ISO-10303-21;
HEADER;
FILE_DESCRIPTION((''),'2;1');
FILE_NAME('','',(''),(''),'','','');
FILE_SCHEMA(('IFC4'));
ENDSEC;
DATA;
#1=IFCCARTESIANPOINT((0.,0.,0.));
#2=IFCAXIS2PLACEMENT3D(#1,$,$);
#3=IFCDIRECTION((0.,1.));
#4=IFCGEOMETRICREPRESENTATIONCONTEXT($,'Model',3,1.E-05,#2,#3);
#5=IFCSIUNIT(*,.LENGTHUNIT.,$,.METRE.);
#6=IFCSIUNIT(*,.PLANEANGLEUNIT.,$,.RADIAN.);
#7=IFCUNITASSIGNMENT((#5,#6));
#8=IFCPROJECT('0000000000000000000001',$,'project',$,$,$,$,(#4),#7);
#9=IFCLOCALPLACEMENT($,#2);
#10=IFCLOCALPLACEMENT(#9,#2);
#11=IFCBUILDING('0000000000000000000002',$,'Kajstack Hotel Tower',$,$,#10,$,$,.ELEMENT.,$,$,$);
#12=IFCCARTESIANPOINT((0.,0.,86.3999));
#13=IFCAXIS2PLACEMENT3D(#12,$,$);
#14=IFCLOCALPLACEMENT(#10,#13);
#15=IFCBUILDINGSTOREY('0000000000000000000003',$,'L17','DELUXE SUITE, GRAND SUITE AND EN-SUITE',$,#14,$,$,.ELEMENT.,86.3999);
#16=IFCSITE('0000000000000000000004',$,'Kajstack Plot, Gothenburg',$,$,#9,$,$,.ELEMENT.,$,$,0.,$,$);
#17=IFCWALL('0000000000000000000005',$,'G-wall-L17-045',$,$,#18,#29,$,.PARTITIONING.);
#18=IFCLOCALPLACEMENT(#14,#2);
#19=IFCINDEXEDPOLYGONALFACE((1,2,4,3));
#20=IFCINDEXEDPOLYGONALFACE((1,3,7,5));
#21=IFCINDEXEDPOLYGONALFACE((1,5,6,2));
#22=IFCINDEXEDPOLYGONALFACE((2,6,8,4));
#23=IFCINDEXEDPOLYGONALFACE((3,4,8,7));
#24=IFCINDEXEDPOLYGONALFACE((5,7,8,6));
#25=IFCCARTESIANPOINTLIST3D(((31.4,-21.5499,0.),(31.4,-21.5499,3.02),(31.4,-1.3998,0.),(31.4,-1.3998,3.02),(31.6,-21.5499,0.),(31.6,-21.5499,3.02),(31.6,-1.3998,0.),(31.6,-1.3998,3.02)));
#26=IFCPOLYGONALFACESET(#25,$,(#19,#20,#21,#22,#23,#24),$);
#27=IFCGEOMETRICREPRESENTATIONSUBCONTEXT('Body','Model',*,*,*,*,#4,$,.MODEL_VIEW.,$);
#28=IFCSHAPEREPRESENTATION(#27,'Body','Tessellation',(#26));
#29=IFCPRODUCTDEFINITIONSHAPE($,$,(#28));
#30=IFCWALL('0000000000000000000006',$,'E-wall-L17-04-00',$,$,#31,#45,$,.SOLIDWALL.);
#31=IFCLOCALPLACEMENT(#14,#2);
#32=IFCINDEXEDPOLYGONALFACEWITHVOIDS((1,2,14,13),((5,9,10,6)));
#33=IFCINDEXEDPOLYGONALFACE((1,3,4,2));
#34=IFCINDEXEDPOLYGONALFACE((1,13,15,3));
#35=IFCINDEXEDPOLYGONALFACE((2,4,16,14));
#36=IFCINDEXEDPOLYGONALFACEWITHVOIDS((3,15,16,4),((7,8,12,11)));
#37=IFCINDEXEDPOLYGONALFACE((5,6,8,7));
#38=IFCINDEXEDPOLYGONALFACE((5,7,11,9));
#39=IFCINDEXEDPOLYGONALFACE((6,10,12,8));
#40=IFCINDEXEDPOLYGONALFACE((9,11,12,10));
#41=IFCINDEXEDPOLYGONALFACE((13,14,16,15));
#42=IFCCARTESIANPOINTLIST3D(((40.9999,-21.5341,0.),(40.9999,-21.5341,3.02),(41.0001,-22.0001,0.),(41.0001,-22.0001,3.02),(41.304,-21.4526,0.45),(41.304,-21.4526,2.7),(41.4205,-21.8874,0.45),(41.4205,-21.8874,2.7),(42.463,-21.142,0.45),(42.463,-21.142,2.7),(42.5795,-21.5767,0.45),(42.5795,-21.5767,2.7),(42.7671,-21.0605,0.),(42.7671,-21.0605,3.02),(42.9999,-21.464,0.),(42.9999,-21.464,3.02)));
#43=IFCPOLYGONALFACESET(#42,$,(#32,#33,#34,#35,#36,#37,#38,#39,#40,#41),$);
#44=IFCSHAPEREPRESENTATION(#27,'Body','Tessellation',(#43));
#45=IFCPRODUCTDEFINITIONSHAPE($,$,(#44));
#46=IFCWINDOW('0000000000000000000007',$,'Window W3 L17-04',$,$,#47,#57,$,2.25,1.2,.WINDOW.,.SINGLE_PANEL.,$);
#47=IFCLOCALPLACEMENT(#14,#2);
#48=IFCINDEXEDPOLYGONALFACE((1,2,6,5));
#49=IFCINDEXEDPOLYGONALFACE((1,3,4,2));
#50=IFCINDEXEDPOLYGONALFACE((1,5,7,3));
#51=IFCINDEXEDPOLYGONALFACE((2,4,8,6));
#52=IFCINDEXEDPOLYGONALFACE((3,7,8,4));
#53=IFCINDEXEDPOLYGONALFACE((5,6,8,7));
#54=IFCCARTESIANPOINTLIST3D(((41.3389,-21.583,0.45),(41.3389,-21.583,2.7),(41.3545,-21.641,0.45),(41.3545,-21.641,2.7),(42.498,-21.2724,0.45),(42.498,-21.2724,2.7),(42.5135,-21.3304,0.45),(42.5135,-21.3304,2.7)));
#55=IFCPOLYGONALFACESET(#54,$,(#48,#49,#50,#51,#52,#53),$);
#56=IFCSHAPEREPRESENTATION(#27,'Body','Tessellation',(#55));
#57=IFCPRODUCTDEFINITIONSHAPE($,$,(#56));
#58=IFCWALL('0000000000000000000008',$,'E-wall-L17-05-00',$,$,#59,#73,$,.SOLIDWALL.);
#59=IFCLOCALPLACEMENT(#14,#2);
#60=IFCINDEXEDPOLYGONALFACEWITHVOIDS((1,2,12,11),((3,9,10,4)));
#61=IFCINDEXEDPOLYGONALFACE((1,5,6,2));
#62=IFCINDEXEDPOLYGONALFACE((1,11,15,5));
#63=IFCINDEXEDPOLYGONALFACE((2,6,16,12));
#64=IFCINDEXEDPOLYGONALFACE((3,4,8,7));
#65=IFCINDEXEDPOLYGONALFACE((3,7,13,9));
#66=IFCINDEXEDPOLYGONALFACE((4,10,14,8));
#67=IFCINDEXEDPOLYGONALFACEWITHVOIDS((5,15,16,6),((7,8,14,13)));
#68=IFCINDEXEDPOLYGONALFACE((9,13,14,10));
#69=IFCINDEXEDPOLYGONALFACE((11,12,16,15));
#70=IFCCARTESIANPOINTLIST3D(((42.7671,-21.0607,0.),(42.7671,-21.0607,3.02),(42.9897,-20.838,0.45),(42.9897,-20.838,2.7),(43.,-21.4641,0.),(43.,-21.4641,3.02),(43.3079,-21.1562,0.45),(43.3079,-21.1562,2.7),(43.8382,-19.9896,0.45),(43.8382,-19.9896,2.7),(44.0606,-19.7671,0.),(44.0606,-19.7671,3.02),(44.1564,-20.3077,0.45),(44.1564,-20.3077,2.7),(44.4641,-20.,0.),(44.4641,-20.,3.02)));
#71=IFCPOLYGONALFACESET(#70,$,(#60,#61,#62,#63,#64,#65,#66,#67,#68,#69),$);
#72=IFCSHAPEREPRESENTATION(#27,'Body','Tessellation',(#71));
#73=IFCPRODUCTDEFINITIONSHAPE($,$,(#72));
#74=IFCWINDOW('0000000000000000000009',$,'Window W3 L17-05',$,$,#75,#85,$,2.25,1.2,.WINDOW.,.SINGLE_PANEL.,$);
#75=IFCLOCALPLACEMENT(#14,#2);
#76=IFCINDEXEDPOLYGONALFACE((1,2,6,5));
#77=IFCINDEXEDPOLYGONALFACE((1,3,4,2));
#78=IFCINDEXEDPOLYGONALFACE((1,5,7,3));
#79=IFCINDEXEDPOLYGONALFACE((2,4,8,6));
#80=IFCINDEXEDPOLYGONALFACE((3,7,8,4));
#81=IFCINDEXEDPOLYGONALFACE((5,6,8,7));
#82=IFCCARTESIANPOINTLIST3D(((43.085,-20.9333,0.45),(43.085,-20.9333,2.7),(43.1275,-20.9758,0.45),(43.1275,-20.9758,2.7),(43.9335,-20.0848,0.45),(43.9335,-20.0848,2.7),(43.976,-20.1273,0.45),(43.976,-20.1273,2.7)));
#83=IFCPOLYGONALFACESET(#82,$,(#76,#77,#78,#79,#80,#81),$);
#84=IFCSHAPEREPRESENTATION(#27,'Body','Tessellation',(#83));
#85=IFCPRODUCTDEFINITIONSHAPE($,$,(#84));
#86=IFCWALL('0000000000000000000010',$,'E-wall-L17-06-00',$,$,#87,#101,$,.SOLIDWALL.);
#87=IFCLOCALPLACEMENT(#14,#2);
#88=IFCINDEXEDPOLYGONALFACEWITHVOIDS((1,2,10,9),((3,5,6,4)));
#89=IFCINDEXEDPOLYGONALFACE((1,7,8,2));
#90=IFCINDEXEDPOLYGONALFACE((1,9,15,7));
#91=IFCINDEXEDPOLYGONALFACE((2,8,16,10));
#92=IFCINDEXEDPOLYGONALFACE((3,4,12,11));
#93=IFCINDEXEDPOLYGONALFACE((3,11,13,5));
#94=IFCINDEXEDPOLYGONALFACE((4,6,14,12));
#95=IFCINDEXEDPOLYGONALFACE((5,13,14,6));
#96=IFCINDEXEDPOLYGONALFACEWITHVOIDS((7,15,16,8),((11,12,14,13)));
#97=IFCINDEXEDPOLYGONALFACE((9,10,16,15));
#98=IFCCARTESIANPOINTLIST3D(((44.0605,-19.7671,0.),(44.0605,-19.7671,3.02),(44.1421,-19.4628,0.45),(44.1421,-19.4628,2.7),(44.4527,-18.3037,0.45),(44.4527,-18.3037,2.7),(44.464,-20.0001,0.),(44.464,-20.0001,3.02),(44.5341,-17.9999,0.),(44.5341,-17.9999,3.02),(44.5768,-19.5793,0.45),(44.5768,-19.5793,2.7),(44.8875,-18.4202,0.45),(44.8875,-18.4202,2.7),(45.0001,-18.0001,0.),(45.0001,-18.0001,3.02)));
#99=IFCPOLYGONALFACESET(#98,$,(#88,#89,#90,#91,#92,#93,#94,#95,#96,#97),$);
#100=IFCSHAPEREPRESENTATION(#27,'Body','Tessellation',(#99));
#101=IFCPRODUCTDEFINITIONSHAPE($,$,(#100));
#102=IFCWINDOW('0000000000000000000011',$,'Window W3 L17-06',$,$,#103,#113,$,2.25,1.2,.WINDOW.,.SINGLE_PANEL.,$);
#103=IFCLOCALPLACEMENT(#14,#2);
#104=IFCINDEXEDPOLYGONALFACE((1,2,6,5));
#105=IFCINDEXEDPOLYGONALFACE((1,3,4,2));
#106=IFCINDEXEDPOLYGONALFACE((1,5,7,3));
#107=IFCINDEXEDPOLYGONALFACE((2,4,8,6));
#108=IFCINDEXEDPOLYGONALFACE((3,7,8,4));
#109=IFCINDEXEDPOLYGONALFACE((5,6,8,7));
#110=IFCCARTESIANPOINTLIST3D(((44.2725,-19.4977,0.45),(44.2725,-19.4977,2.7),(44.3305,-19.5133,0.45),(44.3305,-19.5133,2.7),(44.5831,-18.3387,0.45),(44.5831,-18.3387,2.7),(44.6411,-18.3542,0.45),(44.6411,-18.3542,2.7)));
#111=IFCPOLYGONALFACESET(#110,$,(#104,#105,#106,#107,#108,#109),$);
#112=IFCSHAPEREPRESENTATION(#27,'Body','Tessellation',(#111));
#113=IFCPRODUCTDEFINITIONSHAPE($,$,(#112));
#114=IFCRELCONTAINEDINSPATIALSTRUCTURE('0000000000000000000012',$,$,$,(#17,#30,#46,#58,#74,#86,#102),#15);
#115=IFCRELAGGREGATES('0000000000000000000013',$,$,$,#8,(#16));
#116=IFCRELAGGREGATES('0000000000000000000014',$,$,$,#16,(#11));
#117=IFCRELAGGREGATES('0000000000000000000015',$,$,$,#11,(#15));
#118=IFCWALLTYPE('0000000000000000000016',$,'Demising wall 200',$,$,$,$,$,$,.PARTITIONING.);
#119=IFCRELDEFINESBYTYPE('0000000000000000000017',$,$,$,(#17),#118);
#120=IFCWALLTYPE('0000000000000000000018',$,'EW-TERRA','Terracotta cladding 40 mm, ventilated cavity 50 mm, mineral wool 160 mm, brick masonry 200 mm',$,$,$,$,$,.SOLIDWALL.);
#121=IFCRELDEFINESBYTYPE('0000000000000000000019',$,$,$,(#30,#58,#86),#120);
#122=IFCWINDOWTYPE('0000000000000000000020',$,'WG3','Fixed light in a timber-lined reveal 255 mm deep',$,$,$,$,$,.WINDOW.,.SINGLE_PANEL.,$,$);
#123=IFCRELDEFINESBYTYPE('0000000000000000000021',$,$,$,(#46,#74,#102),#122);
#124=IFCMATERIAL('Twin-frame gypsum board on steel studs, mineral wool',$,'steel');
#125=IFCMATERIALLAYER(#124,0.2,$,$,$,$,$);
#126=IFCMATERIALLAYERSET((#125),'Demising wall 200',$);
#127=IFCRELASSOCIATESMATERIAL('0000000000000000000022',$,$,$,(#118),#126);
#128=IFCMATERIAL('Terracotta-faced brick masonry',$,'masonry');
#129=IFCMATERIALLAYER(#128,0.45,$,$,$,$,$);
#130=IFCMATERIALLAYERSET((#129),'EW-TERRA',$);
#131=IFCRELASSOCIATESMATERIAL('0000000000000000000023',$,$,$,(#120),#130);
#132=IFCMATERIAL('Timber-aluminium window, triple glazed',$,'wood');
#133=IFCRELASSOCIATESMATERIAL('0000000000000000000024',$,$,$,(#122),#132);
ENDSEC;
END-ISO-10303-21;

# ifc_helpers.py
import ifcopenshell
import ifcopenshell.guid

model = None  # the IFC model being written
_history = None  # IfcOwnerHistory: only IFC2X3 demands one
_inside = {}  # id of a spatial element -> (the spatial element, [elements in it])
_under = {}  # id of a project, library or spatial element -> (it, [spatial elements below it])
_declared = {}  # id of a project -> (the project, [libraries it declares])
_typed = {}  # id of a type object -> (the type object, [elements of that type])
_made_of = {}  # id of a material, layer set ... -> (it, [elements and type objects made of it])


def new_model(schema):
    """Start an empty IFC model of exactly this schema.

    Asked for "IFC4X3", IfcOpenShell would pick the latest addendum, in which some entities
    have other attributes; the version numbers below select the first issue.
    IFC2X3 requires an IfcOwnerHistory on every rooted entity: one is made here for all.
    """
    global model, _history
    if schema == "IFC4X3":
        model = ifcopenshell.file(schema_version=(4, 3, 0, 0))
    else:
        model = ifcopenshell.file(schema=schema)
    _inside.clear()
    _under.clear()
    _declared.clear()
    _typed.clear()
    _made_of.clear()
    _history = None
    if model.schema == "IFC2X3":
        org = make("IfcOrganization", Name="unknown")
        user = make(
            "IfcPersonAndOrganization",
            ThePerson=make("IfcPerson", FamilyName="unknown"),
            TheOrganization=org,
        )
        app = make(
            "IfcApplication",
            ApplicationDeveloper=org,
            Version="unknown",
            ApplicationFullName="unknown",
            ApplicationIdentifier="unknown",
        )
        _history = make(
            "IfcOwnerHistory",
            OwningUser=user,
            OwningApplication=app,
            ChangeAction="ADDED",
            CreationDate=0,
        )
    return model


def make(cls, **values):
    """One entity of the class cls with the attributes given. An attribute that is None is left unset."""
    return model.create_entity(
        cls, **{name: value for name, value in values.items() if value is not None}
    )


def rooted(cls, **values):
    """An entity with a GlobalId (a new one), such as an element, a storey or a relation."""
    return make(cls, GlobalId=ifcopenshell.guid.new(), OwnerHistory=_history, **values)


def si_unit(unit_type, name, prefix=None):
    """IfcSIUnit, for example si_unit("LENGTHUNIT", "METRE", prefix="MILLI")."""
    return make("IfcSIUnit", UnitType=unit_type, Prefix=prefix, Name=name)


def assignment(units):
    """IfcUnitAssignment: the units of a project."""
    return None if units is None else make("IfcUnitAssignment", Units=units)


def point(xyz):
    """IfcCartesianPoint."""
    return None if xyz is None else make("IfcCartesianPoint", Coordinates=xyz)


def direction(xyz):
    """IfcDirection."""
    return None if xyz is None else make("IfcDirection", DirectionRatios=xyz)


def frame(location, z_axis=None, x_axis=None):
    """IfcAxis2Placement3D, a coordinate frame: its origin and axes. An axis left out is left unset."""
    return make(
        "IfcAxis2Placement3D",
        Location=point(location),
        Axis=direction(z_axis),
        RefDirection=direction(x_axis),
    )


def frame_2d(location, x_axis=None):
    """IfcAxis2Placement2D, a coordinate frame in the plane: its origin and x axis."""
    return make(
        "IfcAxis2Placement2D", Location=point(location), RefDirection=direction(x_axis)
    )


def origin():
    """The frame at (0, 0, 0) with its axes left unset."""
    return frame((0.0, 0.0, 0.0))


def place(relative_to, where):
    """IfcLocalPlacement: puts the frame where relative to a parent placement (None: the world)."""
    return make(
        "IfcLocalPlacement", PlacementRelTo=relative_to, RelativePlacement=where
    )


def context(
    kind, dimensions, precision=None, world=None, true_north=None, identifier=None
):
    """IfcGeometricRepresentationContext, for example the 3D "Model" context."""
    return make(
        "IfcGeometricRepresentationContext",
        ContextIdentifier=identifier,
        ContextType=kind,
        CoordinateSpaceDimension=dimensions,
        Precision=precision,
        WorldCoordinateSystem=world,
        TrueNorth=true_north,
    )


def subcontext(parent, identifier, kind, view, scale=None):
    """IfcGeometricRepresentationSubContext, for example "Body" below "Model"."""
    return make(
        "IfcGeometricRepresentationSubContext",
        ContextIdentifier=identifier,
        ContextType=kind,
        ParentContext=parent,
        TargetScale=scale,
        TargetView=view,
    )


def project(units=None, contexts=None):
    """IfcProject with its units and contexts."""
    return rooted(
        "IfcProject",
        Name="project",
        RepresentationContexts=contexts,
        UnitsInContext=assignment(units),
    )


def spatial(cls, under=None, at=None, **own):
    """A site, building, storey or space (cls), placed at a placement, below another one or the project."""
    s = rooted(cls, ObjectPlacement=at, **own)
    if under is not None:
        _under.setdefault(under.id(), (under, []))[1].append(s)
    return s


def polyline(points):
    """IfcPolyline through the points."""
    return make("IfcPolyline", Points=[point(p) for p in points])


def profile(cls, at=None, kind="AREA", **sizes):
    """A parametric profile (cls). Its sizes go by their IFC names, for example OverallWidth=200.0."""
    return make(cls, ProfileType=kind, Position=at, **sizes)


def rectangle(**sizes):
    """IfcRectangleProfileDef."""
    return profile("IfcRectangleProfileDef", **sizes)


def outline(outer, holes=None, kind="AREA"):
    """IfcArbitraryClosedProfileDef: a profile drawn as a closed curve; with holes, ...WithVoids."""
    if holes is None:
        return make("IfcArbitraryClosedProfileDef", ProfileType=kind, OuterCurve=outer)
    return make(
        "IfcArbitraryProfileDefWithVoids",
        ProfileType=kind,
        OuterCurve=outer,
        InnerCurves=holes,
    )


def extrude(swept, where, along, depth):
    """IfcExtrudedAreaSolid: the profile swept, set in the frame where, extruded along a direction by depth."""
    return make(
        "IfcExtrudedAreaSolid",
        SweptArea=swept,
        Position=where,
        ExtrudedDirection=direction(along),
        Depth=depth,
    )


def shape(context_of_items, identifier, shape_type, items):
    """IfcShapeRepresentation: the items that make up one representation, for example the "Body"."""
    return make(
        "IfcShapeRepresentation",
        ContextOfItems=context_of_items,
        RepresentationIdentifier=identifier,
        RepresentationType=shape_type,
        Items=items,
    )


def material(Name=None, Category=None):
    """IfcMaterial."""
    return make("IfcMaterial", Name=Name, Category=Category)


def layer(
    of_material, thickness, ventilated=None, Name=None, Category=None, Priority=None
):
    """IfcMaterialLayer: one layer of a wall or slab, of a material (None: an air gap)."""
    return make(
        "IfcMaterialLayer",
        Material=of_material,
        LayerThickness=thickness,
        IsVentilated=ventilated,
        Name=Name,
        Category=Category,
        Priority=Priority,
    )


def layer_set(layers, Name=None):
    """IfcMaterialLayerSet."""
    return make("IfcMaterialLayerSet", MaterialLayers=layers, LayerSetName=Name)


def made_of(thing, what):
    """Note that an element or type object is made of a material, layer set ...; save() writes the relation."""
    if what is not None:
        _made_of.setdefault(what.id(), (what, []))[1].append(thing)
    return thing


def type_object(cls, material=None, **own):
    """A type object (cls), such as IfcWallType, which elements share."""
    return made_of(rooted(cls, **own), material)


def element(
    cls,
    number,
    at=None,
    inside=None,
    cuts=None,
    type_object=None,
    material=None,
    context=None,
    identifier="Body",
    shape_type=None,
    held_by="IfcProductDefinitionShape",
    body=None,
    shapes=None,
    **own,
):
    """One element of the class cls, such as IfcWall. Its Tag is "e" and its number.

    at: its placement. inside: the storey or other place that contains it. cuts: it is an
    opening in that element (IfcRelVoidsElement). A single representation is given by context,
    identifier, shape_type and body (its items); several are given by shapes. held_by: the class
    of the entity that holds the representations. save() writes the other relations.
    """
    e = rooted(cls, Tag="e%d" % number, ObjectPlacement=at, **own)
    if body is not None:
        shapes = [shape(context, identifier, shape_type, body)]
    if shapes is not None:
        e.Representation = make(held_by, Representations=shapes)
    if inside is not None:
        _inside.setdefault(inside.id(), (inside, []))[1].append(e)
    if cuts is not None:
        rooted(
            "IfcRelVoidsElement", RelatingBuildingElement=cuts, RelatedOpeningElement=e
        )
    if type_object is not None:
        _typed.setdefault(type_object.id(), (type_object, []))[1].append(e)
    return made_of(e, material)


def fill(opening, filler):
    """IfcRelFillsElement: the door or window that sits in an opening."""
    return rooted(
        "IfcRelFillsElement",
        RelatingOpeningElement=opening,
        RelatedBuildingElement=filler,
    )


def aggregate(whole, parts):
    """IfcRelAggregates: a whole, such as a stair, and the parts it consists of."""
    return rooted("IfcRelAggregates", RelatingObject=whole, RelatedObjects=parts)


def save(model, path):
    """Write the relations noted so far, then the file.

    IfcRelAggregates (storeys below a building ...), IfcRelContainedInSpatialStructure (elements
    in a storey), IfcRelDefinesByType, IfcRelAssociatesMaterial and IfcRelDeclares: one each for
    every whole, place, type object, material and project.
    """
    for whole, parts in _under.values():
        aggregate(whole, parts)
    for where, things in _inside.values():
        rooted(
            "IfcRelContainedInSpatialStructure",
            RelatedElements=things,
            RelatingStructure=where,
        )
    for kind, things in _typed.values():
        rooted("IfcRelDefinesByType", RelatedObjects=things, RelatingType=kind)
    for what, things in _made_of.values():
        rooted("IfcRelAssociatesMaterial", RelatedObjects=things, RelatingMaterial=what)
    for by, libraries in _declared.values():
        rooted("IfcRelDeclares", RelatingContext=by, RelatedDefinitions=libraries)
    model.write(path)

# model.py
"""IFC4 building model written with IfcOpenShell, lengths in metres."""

from ifc_helpers import new_model, si_unit, direction, frame, frame_2d, origin, place, context, subcontext, project, spatial, polyline, rectangle, outline, extrude, material, layer, layer_set, type_object, element, fill, save


model = new_model("IFC4")

# Units and contexts
model_context = context("Model", 3, precision=1e-05, world=origin(), true_north=direction((0.0, 1.0)))
body_context = subcontext(model_context, "Body", "Model", "MODEL_VIEW")
ifc_project = project(units=[si_unit("LENGTHUNIT", "METRE"), si_unit("PLANEANGLEUNIT", "RADIAN")], contexts=[model_context])

# Site, building, storey
site_placement = place(None, origin())
site = spatial("IfcSite", under=ifc_project, at=site_placement, Name="Kajstack Plot, Gothenburg", CompositionType="ELEMENT", RefElevation=0.0)
building_placement = place(site_placement, origin())
building = spatial("IfcBuilding", under=site, at=building_placement, Name="Kajstack Hotel Tower", CompositionType="ELEMENT")
storey_placement = place(building_placement, frame((0.0, 0.0, 86.3999)))
storey = spatial("IfcBuildingStorey", under=building, at=storey_placement, Name="L17", Description="DELUXE SUITE, GRAND SUITE AND EN-SUITE", CompositionType="ELEMENT", Elevation=86.3999)

# Wall
ifc_material_1 = material(Name="Twin-frame gypsum board on steel studs, mineral wool", Category="steel")
ifc_layer_1 = layer(ifc_material_1, 0.2)
ifc_layer_set_1 = layer_set([ifc_layer_1], Name="Demising wall 200")
wall_type_1 = type_object("IfcWallType", Name="Demising wall 200", PredefinedType="PARTITIONING", material=ifc_layer_set_1)
wall_1_placement = place(storey_placement, frame((31.5, -21.55, 0.0), z_axis=(0.0, 0.0, 1.0), x_axis=(0.0, 1.0, 0.0)))
element("IfcWall", 1, at=wall_1_placement, inside=storey, type_object=wall_type_1, Name="G-wall-L17-045", PredefinedType="PARTITIONING", context=body_context, shape_type="SweptSolid", body=[
    extrude(rectangle(XDim=20.1501, YDim=0.2, at=frame_2d((10.0752, 0.0))), origin(), (0.0, 0.0, 1.0), 3.02),
])

# Walls, openings, windows
ifc_material_2 = material(Name="Terracotta-faced brick masonry", Category="masonry")
ifc_layer_2 = layer(ifc_material_2, 0.45)
ifc_layer_set_2 = layer_set([ifc_layer_2], Name="EW-TERRA")
wall_type_2 = type_object("IfcWallType", Name="EW-TERRA", Description="Terracotta cladding 40 mm, ventilated cavity 50 mm, mineral wool 160 mm, brick masonry 200 mm", PredefinedType="SOLIDWALL", material=ifc_layer_set_2)
wall_2_placement = place(storey_placement, frame((40.9417, -21.7827, 0.0), z_axis=(0.0, 0.0, 1.0), x_axis=(0.965927, 0.258815, 0.0)))
wall_2 = element("IfcWall", 2, at=wall_2_placement, inside=storey, type_object=wall_type_2, Name="E-wall-L17-04-00", PredefinedType="SOLIDWALL", context=body_context, shape_type="SweptSolid", body=[
    extrude(outline(polyline([(0.0002, -0.2251), (2.0706, -0.2249), (1.9502, 0.2251), (0.1206, 0.2251), (0.0002, -0.2251)])), origin(), (0.0, 0.0, 1.0), 3.02),
])
opening_1_placement = place(wall_2_placement, frame((0.4353, 0.0, 0.45)))
opening_1 = element("IfcOpeningElement", 3, at=opening_1_placement, cuts=wall_2, PredefinedType="OPENING", context=body_context, shape_type="SweptSolid", body=[
    extrude(rectangle(XDim=1.2, YDim=2.25, at=frame_2d((0.6001, 1.125))), frame((0.0, 0.2349, 0.0), z_axis=(0.0, -1.0, 0.0), x_axis=(1.0, 0.0, 0.0)), (0.0, 0.0, 1.0), 0.47),
])
ifc_material_3 = material(Name="Timber-aluminium window, triple glazed", Category="wood")
window_type_1 = type_object("IfcWindowType", Name="WG3", Description="Fixed light in a timber-lined reveal 255 mm deep", PartitioningType="SINGLE_PANEL", PredefinedType="WINDOW", material=ifc_material_3)
window_1_placement = place(opening_1_placement, origin())
window_1 = element("IfcWindow", 4, at=window_1_placement, inside=storey, type_object=window_type_1, Name="Window W3 L17-04", OverallHeight=2.25, OverallWidth=1.2, PartitioningType="SINGLE_PANEL", PredefinedType="WINDOW", context=body_context, shape_type="SweptSolid", body=[
    extrude(rectangle(XDim=1.2, YDim=2.25, at=frame_2d((0.6001, 1.125))), frame((0.0, 0.0901, 0.0), z_axis=(0.0, -1.0, 0.0), x_axis=(1.0, 0.0, 0.0)), (0.0, 0.0, 1.0), 0.0601),
])
fill(opening_1, window_1)
wall_3_placement = place(storey_placement, frame((42.8408, -21.3049, 0.0), z_axis=(0.0, 0.0, 1.0), x_axis=(0.707107, 0.707107, 0.0)))
wall_3 = element("IfcWall", 5, at=wall_3_placement, inside=storey, type_object=wall_type_2, Name="E-wall-L17-05-00", PredefinedType="SOLIDWALL", context=body_context, shape_type="SweptSolid", body=[
    extrude(outline(polyline([(0.0, -0.2251), (2.0706, -0.2251), (1.95, 0.2249), (0.1206, 0.2249), (0.0, -0.2251)])), origin(), (0.0, 0.0, 1.0), 3.02),
])
opening_2_placement = place(wall_3_placement, frame((0.4353, 0.0, 0.45)))
opening_2 = element("IfcOpeningElement", 6, at=opening_2_placement, cuts=wall_3, PredefinedType="OPENING", context=body_context, shape_type="SweptSolid", body=[
    extrude(rectangle(XDim=1.2, YDim=2.25, at=frame_2d((0.6001, 1.125))), frame((0.0, 0.2349, 0.0), z_axis=(0.0, -1.0, 0.0), x_axis=(1.0, 0.0, 0.0)), (0.0, 0.0, 1.0), 0.47),
])
window_2_placement = place(opening_2_placement, origin())
window_2 = element("IfcWindow", 7, at=window_2_placement, inside=storey, type_object=window_type_1, Name="Window W3 L17-05", OverallHeight=2.25, OverallWidth=1.2, PartitioningType="SINGLE_PANEL", PredefinedType="WINDOW", context=body_context, shape_type="SweptSolid", body=[
    extrude(rectangle(XDim=1.2, YDim=2.25, at=frame_2d((0.6001, 1.125))), frame((0.0, 0.0901, 0.0), z_axis=(0.0, -1.0, 0.0), x_axis=(1.0, 0.0, 0.0)), (0.0, 0.0, 1.0), 0.0601),
])
fill(opening_2, window_2)
wall_4_placement = place(storey_placement, frame((44.2468, -19.9417, 0.0), z_axis=(0.0, 0.0, 1.0), x_axis=(0.258815, 0.965927, 0.0)))
wall_4 = element("IfcWall", 8, at=wall_4_placement, inside=storey, type_object=wall_type_2, Name="E-wall-L17-06-00", PredefinedType="SOLIDWALL", context=body_context, shape_type="SweptSolid", body=[
    extrude(outline(polyline([(-0.0002, -0.2249), (2.0703, -0.2251), (1.95, 0.2251), (0.1204, 0.2251), (-0.0002, -0.2249)])), origin(), (0.0, 0.0, 1.0), 3.02),
])
opening_3_placement = place(wall_4_placement, frame((0.4353, 0.0, 0.45)))
opening_3 = element("IfcOpeningElement", 9, at=opening_3_placement, cuts=wall_4, PredefinedType="OPENING", context=body_context, shape_type="SweptSolid", body=[
    extrude(rectangle(XDim=1.2, YDim=2.25, at=frame_2d((0.6001, 1.125))), frame((0.0, 0.2349, 0.0), z_axis=(0.0, -1.0, 0.0), x_axis=(1.0, 0.0, 0.0)), (0.0, 0.0, 1.0), 0.47),
])
window_3_placement = place(opening_3_placement, origin())
window_3 = element("IfcWindow", 10, at=window_3_placement, inside=storey, type_object=window_type_1, Name="Window W3 L17-06", OverallHeight=2.25, OverallWidth=1.2, PartitioningType="SINGLE_PANEL", PredefinedType="WINDOW", context=body_context, shape_type="SweptSolid", body=[
    extrude(rectangle(XDim=1.2, YDim=2.25, at=frame_2d((0.6001, 1.125))), frame((0.0, 0.0901, 0.0), z_axis=(0.0, -1.0, 0.0), x_axis=(1.0, 0.0, 0.0)), (0.0, 0.0, 1.0), 0.0601),
])
fill(opening_3, window_3)

save(model, "model.ifc")
